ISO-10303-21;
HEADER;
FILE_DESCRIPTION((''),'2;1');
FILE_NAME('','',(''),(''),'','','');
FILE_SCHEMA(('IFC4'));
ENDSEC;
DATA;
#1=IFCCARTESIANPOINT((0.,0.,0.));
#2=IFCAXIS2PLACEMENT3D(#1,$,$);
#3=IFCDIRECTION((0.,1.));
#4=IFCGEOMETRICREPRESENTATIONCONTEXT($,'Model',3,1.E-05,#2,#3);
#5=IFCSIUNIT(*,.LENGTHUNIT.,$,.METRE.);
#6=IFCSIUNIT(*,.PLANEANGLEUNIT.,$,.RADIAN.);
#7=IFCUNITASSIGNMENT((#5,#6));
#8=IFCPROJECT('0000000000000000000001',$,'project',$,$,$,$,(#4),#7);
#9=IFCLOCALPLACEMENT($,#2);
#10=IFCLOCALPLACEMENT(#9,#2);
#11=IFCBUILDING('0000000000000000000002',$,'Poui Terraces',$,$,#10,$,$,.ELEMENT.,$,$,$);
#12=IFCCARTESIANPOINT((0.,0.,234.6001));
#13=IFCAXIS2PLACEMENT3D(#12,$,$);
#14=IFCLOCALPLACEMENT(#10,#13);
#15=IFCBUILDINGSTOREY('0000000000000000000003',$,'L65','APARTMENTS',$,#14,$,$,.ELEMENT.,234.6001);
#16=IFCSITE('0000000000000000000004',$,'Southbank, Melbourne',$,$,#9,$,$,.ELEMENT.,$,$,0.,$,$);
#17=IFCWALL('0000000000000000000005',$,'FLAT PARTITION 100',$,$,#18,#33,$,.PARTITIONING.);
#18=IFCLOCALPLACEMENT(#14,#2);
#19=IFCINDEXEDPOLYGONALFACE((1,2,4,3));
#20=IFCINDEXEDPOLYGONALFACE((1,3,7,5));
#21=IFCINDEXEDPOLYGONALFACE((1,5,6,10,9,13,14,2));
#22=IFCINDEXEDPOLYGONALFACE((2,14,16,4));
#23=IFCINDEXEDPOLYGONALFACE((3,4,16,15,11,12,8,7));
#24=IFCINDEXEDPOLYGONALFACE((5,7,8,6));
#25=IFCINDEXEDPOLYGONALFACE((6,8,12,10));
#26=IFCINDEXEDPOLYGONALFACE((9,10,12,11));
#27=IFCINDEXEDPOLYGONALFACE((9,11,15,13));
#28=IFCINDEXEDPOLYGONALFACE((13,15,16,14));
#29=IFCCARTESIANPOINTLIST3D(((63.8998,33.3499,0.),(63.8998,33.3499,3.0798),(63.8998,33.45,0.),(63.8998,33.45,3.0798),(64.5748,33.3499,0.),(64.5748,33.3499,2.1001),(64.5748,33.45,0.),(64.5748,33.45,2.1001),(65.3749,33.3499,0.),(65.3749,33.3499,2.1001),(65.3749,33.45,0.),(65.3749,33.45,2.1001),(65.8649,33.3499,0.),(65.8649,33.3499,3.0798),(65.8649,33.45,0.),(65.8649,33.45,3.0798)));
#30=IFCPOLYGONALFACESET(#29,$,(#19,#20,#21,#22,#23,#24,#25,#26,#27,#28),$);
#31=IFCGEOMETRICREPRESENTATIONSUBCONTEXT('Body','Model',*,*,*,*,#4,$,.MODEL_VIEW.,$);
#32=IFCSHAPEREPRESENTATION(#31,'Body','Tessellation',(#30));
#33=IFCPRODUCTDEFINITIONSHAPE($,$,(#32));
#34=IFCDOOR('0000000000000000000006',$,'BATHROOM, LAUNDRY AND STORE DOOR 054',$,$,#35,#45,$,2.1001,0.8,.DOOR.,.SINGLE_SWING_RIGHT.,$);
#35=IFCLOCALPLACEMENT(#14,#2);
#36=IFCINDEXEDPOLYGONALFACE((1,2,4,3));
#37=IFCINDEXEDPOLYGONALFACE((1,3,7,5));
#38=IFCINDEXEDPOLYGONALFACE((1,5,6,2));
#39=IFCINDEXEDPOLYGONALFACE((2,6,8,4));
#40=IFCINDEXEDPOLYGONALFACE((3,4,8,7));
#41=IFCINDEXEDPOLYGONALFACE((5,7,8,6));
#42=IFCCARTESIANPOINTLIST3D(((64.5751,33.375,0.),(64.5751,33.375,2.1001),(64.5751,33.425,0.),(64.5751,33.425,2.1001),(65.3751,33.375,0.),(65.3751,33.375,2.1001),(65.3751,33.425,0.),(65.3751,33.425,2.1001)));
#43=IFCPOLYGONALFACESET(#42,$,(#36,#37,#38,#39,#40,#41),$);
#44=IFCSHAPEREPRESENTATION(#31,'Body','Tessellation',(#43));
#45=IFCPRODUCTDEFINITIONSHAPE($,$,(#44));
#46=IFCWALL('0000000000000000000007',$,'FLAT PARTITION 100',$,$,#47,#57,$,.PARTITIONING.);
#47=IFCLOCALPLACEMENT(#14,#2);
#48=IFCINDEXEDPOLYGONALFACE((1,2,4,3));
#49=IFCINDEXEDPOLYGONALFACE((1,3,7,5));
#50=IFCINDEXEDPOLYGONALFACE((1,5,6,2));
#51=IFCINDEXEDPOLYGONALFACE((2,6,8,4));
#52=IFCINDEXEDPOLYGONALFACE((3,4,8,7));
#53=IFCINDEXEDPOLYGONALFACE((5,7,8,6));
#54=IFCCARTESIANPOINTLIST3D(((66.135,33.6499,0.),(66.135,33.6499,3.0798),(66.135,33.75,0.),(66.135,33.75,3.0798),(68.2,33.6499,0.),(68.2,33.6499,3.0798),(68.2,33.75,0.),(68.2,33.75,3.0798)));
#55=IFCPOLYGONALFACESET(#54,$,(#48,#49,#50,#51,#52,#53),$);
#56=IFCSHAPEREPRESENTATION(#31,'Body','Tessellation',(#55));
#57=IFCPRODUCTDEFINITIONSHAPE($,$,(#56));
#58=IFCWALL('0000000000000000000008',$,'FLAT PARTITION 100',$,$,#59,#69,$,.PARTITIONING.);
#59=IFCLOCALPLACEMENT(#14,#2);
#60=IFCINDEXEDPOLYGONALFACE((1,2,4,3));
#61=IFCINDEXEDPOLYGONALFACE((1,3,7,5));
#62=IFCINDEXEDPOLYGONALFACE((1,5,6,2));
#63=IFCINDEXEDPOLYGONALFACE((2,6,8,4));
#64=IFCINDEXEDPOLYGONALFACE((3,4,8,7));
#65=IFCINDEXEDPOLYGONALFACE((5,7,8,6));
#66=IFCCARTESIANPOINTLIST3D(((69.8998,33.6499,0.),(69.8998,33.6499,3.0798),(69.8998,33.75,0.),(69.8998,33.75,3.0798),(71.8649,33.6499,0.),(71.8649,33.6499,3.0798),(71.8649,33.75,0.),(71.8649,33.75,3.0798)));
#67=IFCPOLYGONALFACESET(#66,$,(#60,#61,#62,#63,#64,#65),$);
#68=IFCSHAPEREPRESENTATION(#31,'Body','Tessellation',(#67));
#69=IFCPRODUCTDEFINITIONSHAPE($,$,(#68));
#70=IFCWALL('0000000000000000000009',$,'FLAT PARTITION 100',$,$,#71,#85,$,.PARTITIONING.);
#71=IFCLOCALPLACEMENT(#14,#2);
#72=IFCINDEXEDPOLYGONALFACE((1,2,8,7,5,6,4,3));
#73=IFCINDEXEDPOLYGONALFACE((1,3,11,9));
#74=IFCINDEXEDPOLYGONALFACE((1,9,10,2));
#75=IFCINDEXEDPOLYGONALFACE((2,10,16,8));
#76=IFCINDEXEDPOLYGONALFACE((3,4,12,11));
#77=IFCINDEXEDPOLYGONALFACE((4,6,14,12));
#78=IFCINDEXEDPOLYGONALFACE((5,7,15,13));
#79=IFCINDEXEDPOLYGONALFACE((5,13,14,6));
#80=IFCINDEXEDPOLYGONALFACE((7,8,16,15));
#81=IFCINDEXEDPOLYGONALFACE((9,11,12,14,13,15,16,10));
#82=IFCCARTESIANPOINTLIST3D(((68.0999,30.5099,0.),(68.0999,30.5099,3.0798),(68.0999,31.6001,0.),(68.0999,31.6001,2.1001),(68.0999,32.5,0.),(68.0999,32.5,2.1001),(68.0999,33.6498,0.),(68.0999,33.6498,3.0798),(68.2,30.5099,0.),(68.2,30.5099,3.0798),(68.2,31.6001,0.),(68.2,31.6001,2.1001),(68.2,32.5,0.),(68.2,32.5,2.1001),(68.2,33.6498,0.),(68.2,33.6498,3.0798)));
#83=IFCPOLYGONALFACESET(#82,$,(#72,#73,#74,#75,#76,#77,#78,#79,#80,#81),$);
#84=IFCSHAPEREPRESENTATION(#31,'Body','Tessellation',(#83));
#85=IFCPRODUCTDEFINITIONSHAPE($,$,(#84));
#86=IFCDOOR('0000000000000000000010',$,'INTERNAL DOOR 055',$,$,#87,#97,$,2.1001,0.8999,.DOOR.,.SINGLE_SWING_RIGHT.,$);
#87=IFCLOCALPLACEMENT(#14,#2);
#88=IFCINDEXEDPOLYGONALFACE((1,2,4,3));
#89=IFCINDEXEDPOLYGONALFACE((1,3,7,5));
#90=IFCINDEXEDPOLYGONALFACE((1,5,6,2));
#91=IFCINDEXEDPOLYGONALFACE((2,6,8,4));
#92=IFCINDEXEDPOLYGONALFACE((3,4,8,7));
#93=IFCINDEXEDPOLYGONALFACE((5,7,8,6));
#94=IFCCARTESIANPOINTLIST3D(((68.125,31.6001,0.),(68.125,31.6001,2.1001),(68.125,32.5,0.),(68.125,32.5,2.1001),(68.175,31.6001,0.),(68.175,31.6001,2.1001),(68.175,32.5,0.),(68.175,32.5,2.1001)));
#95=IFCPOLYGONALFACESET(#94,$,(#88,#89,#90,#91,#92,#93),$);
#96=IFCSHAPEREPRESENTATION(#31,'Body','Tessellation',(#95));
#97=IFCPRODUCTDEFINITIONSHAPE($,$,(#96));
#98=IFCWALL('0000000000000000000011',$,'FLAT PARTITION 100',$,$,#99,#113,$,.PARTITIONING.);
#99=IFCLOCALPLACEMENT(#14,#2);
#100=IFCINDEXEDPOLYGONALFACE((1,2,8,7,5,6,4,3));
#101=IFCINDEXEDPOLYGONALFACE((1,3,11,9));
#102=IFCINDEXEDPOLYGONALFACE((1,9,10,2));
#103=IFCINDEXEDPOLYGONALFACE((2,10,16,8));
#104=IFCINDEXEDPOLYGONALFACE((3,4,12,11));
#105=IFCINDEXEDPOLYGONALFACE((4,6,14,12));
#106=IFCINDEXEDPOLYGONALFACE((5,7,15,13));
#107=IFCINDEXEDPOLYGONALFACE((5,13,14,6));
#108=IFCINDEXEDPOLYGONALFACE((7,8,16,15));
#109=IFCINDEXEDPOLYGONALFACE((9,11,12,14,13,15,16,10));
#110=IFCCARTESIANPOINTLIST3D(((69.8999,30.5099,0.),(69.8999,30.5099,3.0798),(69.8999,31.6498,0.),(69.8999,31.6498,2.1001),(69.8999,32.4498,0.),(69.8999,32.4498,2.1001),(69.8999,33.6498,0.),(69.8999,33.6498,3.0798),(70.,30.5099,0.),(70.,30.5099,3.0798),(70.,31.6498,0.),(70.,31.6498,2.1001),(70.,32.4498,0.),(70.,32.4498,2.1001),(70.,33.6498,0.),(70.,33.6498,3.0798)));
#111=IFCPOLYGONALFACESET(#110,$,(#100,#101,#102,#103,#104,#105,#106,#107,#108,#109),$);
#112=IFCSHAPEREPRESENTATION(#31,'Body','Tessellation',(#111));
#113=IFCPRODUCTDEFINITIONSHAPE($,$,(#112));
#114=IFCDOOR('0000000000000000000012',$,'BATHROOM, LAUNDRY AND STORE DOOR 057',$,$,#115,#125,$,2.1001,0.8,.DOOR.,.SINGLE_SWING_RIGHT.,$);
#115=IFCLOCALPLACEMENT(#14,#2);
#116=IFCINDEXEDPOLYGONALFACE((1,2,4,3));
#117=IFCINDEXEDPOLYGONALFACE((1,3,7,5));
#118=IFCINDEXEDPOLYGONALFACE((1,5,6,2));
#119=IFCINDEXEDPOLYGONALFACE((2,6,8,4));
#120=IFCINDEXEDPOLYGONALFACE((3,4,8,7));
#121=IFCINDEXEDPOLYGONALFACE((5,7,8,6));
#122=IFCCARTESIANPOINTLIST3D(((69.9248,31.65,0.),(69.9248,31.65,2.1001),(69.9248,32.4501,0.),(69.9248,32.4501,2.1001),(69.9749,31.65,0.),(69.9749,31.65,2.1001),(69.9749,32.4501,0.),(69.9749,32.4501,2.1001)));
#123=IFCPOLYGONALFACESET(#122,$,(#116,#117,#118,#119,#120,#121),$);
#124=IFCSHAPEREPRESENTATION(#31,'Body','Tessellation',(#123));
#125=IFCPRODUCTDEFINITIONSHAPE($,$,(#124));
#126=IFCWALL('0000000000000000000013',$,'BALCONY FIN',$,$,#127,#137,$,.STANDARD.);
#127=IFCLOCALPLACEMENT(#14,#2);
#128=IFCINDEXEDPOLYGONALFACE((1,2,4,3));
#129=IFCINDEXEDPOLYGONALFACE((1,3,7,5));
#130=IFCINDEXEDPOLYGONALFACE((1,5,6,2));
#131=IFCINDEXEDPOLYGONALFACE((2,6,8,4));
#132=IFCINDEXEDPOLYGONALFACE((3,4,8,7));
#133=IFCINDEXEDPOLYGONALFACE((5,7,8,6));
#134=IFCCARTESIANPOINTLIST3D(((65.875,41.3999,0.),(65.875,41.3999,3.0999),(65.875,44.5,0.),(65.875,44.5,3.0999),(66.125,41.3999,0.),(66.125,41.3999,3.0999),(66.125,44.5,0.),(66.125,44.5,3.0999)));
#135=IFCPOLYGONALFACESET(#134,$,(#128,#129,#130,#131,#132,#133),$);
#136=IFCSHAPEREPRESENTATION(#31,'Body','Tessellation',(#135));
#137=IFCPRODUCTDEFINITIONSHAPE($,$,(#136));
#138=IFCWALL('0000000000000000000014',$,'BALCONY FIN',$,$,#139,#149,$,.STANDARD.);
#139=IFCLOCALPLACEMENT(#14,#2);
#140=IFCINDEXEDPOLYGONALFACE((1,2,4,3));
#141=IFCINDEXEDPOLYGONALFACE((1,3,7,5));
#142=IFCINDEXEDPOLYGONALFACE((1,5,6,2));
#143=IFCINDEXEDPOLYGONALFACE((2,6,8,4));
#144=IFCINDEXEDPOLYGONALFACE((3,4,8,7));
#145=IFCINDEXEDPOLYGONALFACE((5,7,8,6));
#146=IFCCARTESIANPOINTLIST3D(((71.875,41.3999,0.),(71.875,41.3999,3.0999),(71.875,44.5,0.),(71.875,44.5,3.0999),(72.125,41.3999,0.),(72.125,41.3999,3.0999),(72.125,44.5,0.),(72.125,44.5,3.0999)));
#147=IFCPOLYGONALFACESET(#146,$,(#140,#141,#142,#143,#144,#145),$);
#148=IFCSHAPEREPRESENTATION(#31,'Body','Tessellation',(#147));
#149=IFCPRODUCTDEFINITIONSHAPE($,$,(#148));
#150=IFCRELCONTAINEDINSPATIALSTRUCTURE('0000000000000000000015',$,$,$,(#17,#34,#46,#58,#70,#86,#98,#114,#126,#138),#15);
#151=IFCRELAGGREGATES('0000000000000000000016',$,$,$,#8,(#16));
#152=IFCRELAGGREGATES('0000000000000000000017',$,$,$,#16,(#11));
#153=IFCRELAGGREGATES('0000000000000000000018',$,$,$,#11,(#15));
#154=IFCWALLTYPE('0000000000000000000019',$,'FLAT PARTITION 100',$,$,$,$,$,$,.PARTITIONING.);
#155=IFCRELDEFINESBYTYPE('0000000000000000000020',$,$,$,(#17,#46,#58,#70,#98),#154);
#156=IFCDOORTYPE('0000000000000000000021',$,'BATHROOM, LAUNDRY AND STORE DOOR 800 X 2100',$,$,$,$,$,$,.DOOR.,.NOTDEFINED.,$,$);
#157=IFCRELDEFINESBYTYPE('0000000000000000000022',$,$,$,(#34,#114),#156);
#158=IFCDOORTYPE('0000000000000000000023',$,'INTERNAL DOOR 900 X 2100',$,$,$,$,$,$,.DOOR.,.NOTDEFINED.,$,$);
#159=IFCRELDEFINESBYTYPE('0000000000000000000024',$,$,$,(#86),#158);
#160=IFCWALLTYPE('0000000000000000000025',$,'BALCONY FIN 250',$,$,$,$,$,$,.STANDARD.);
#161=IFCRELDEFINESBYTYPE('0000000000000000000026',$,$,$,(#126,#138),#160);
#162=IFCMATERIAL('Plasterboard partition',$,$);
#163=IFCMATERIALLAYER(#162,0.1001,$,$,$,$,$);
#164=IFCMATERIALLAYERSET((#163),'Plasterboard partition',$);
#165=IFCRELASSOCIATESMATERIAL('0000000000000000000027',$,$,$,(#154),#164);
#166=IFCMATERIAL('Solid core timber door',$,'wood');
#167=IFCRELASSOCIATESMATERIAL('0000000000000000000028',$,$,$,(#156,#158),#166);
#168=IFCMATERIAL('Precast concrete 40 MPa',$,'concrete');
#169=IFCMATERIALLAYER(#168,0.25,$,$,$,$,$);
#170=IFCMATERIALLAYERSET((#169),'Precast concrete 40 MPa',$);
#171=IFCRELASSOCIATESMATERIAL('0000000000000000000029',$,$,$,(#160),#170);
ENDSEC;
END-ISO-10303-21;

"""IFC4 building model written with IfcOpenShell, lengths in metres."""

from ifc_helpers import new_model, si_unit, direction, frame, frame_2d, origin, place, context, subcontext, project, spatial, polyline, rectangle, outline, extrude, source, transform, mapped, material, layer, layer_set, type_object, element, fill, save


model = new_model("IFC4")

# Units and contexts
model_context = context("Model", 3, precision=1e-05, world=origin(), true_north=direction((0.0, 1.0)))
body_context = subcontext(model_context, "Body", "Model", "MODEL_VIEW")
ifc_project = project(units=[si_unit("LENGTHUNIT", "METRE"), si_unit("PLANEANGLEUNIT", "RADIAN")], contexts=[model_context])

# Site, building, storey
site_placement = place(None, origin())
site = spatial("IfcSite", under=ifc_project, at=site_placement, Name="Southbank, Melbourne", CompositionType="ELEMENT", RefElevation=0.0)
building_placement = place(site_placement, origin())
building = spatial("IfcBuilding", under=site, at=building_placement, Name="Poui Terraces", CompositionType="ELEMENT")
storey_placement = place(building_placement, frame((0.0, 0.0, 234.6001)))
storey = spatial("IfcBuildingStorey", under=building, at=storey_placement, Name="L65", Description="APARTMENTS", CompositionType="ELEMENT", Elevation=234.6001)

# Wall, opening, door
ifc_material_1 = material(Name="Plasterboard partition")
ifc_layer_1 = layer(ifc_material_1, 0.1001)
ifc_layer_set_1 = layer_set([ifc_layer_1], Name="Plasterboard partition")
wall_type_1 = type_object("IfcWallType", Name="FLAT PARTITION 100", PredefinedType="PARTITIONING", material=ifc_layer_set_1)
wall_1_placement = place(storey_placement, frame((63.8999, 33.3999, 0.0), z_axis=(0.0, 0.0, 1.0), x_axis=(1.0, 0.0, 0.0)))
wall_1 = element("IfcWall", 1, at=wall_1_placement, inside=storey, type_object=wall_type_1, Name="FLAT PARTITION 100", PredefinedType="PARTITIONING", context=body_context, shape_type="SweptSolid", body=[
    extrude(rectangle(XDim=1.9651, YDim=0.1001, at=frame_2d((0.9824, 0.0))), origin(), (0.0, 0.0, 1.0), 3.0798),
])
opening_1_placement = place(wall_1_placement, frame((0.675, 0.0, 0.0)))
opening_1 = element("IfcOpeningElement", 2, at=opening_1_placement, cuts=wall_1, PredefinedType="OPENING", context=body_context, shape_type="SweptSolid", body=[
    extrude(rectangle(XDim=0.8, YDim=2.1001, at=frame_2d((0.3999, 1.05))), frame((0.0, 0.0601, 0.0), z_axis=(0.0, -1.0, 0.0), x_axis=(1.0, 0.0, 0.0)), (0.0, 0.0, 1.0), 0.1201),
])
ifc_material_2 = material(Name="Solid core timber door", Category="wood")
door_type_1 = type_object("IfcDoorType", Name="BATHROOM, LAUNDRY AND STORE DOOR 800 X 2100", OperationType="NOTDEFINED", PredefinedType="DOOR", material=ifc_material_2)
door_1_placement = place(opening_1_placement, frame((0.8, 0.0, 0.0), z_axis=(0.0, 0.0, 1.0), x_axis=(-1.0, 0.0, 0.0)))
door_1 = element("IfcDoor", 3, at=door_1_placement, inside=storey, type_object=door_type_1, Name="BATHROOM, LAUNDRY AND STORE DOOR 054", OperationType="SINGLE_SWING_RIGHT", OverallHeight=2.1001, OverallWidth=0.8, PredefinedType="DOOR", context=body_context, shape_type="SweptSolid", body=[
    extrude(rectangle(XDim=0.8, YDim=2.1001, at=frame_2d((0.3999, 1.05))), frame((0.0, 0.0249, 0.0), z_axis=(0.0, -1.0, 0.0), x_axis=(1.0, 0.0, 0.0)), (0.0, 0.0, 1.0), 0.05),
])
fill(opening_1, door_1)

# Walls
wall_2_placement = place(storey_placement, frame((66.135, 33.7, 0.0), z_axis=(0.0, 0.0, 1.0), x_axis=(1.0, 0.0, 0.0)))
element("IfcWall", 4, at=wall_2_placement, inside=storey, type_object=wall_type_1, Name="FLAT PARTITION 100", PredefinedType="PARTITIONING", context=body_context, shape_type="SweptSolid", body=[
    extrude(rectangle(XDim=2.0649, YDim=0.1001, at=frame_2d((1.0325, 0.0))), origin(), (0.0, 0.0, 1.0), 3.0798),
])
wall_3_placement = place(storey_placement, frame((69.8999, 33.7, 0.0), z_axis=(0.0, 0.0, 1.0), x_axis=(1.0, 0.0, 0.0)))
element("IfcWall", 5, at=wall_3_placement, inside=storey, type_object=wall_type_1, Name="FLAT PARTITION 100", PredefinedType="PARTITIONING", context=body_context, shape_type="SweptSolid", body=[
    extrude(rectangle(XDim=1.9651, YDim=0.1001, at=frame_2d((0.9824, 0.0))), origin(), (0.0, 0.0, 1.0), 3.0798),
])

# Walls, openings, doors
wall_4_placement = place(storey_placement, frame((68.1499, 30.51, 0.0), z_axis=(0.0, 0.0, 1.0), x_axis=(0.0, 1.0, 0.0)))
wall_4 = element("IfcWall", 6, at=wall_4_placement, inside=storey, type_object=wall_type_1, Name="FLAT PARTITION 100", PredefinedType="PARTITIONING", context=body_context, shape_type="SweptSolid", body=[
    extrude(rectangle(XDim=3.1399, YDim=0.1001, at=frame_2d((1.5698, 0.0))), origin(), (0.0, 0.0, 1.0), 3.0798),
])
opening_2_placement = place(wall_4_placement, frame((1.0901, 0.0, 0.0)))
opening_2 = element("IfcOpeningElement", 7, at=opening_2_placement, cuts=wall_4, PredefinedType="OPENING", context=body_context, shape_type="SweptSolid", body=[
    extrude(rectangle(XDim=0.8999, YDim=2.1001, at=frame_2d((0.45, 1.05))), frame((0.0, 0.0601, 0.0), z_axis=(0.0, -1.0, 0.0), x_axis=(1.0, 0.0, 0.0)), (0.0, 0.0, 1.0), 0.1201),
])
door_type_2 = type_object("IfcDoorType", Name="INTERNAL DOOR 900 X 2100", OperationType="NOTDEFINED", PredefinedType="DOOR", material=ifc_material_2)
door_2_placement = place(opening_2_placement, origin())
door_2 = element("IfcDoor", 8, at=door_2_placement, inside=storey, type_object=door_type_2, Name="INTERNAL DOOR 055", OperationType="SINGLE_SWING_RIGHT", OverallHeight=2.1001, OverallWidth=0.8999, PredefinedType="DOOR", context=body_context, shape_type="SweptSolid", body=[
    extrude(rectangle(XDim=0.8999, YDim=2.1001, at=frame_2d((0.45, 1.05))), frame((0.0, 0.0249, 0.0), z_axis=(0.0, -1.0, 0.0), x_axis=(1.0, 0.0, 0.0)), (0.0, 0.0, 1.0), 0.05),
])
fill(opening_2, door_2)
wall_5_placement = place(storey_placement, frame((69.95, 30.51, 0.0), z_axis=(0.0, 0.0, 1.0), x_axis=(0.0, 1.0, 0.0)))
wall_5 = element("IfcWall", 9, at=wall_5_placement, inside=storey, type_object=wall_type_1, Name="FLAT PARTITION 100", PredefinedType="PARTITIONING", context=body_context, shape_type="SweptSolid", body=[
    extrude(rectangle(XDim=3.1399, YDim=0.1001, at=frame_2d((1.5698, 0.0))), origin(), (0.0, 0.0, 1.0), 3.0798),
])
opening_3_placement = place(wall_5_placement, frame((1.1399, 0.0, 0.0)))
opening_3 = element("IfcOpeningElement", 10, at=opening_3_placement, cuts=wall_5, PredefinedType="OPENING", context=body_context, shape_type="SweptSolid", body=[
    extrude(rectangle(XDim=0.8, YDim=2.1001, at=frame_2d((0.3999, 1.05))), frame((0.0, 0.0601, 0.0), z_axis=(0.0, -1.0, 0.0), x_axis=(1.0, 0.0, 0.0)), (0.0, 0.0, 1.0), 0.1201),
])
door_3_placement = place(opening_3_placement, frame((0.8, 0.0, 0.0), z_axis=(0.0, 0.0, 1.0), x_axis=(-1.0, 0.0, 0.0)))
door_3 = element("IfcDoor", 11, at=door_3_placement, inside=storey, type_object=door_type_1, Name="BATHROOM, LAUNDRY AND STORE DOOR 057", OperationType="SINGLE_SWING_RIGHT", OverallHeight=2.1001, OverallWidth=0.8, PredefinedType="DOOR", context=body_context, shape_type="SweptSolid", body=[
    extrude(rectangle(XDim=0.8, YDim=2.1001, at=frame_2d((0.3999, 1.05))), frame((0.0, 0.0249, 0.0), z_axis=(0.0, -1.0, 0.0), x_axis=(1.0, 0.0, 0.0)), (0.0, 0.0, 1.0), 0.05),
])
fill(opening_3, door_3)

# Walls
ifc_material_3 = material(Name="Precast concrete 40 MPa", Category="concrete")
ifc_layer_2 = layer(ifc_material_3, 0.25)
ifc_layer_set_2 = layer_set([ifc_layer_2], Name="Precast concrete 40 MPa")
wall_type_2 = type_object("IfcWallType", Name="BALCONY FIN 250", PredefinedType="STANDARD", material=ifc_layer_set_2)
shared_shape_1 = source(origin(), body_context, "Body", "SweptSolid", [
    extrude(outline(polyline([(0.0, 0.0), (0.25, 0.0), (0.25, 3.1001), (0.0, 3.1001), (0.0, 0.0)])), origin(), (0.0, 0.0, 1.0), 3.0999),
])
for number, where, name in (
    (12, (65.875, 41.3999, 0.0), "BALCONY FIN"),
    (13, (71.875, 41.3999, 0.0), "BALCONY FIN"),
):
    element("IfcWall", number, at=place(storey_placement, frame(where)), inside=storey, type_object=wall_type_2, Name=name, PredefinedType="STANDARD", context=body_context, shape_type="MappedRepresentation", body=[
        mapped(shared_shape_1, transform((0.0, 0.0, 0.0))),
    ])

save(model, "model.ifc")
